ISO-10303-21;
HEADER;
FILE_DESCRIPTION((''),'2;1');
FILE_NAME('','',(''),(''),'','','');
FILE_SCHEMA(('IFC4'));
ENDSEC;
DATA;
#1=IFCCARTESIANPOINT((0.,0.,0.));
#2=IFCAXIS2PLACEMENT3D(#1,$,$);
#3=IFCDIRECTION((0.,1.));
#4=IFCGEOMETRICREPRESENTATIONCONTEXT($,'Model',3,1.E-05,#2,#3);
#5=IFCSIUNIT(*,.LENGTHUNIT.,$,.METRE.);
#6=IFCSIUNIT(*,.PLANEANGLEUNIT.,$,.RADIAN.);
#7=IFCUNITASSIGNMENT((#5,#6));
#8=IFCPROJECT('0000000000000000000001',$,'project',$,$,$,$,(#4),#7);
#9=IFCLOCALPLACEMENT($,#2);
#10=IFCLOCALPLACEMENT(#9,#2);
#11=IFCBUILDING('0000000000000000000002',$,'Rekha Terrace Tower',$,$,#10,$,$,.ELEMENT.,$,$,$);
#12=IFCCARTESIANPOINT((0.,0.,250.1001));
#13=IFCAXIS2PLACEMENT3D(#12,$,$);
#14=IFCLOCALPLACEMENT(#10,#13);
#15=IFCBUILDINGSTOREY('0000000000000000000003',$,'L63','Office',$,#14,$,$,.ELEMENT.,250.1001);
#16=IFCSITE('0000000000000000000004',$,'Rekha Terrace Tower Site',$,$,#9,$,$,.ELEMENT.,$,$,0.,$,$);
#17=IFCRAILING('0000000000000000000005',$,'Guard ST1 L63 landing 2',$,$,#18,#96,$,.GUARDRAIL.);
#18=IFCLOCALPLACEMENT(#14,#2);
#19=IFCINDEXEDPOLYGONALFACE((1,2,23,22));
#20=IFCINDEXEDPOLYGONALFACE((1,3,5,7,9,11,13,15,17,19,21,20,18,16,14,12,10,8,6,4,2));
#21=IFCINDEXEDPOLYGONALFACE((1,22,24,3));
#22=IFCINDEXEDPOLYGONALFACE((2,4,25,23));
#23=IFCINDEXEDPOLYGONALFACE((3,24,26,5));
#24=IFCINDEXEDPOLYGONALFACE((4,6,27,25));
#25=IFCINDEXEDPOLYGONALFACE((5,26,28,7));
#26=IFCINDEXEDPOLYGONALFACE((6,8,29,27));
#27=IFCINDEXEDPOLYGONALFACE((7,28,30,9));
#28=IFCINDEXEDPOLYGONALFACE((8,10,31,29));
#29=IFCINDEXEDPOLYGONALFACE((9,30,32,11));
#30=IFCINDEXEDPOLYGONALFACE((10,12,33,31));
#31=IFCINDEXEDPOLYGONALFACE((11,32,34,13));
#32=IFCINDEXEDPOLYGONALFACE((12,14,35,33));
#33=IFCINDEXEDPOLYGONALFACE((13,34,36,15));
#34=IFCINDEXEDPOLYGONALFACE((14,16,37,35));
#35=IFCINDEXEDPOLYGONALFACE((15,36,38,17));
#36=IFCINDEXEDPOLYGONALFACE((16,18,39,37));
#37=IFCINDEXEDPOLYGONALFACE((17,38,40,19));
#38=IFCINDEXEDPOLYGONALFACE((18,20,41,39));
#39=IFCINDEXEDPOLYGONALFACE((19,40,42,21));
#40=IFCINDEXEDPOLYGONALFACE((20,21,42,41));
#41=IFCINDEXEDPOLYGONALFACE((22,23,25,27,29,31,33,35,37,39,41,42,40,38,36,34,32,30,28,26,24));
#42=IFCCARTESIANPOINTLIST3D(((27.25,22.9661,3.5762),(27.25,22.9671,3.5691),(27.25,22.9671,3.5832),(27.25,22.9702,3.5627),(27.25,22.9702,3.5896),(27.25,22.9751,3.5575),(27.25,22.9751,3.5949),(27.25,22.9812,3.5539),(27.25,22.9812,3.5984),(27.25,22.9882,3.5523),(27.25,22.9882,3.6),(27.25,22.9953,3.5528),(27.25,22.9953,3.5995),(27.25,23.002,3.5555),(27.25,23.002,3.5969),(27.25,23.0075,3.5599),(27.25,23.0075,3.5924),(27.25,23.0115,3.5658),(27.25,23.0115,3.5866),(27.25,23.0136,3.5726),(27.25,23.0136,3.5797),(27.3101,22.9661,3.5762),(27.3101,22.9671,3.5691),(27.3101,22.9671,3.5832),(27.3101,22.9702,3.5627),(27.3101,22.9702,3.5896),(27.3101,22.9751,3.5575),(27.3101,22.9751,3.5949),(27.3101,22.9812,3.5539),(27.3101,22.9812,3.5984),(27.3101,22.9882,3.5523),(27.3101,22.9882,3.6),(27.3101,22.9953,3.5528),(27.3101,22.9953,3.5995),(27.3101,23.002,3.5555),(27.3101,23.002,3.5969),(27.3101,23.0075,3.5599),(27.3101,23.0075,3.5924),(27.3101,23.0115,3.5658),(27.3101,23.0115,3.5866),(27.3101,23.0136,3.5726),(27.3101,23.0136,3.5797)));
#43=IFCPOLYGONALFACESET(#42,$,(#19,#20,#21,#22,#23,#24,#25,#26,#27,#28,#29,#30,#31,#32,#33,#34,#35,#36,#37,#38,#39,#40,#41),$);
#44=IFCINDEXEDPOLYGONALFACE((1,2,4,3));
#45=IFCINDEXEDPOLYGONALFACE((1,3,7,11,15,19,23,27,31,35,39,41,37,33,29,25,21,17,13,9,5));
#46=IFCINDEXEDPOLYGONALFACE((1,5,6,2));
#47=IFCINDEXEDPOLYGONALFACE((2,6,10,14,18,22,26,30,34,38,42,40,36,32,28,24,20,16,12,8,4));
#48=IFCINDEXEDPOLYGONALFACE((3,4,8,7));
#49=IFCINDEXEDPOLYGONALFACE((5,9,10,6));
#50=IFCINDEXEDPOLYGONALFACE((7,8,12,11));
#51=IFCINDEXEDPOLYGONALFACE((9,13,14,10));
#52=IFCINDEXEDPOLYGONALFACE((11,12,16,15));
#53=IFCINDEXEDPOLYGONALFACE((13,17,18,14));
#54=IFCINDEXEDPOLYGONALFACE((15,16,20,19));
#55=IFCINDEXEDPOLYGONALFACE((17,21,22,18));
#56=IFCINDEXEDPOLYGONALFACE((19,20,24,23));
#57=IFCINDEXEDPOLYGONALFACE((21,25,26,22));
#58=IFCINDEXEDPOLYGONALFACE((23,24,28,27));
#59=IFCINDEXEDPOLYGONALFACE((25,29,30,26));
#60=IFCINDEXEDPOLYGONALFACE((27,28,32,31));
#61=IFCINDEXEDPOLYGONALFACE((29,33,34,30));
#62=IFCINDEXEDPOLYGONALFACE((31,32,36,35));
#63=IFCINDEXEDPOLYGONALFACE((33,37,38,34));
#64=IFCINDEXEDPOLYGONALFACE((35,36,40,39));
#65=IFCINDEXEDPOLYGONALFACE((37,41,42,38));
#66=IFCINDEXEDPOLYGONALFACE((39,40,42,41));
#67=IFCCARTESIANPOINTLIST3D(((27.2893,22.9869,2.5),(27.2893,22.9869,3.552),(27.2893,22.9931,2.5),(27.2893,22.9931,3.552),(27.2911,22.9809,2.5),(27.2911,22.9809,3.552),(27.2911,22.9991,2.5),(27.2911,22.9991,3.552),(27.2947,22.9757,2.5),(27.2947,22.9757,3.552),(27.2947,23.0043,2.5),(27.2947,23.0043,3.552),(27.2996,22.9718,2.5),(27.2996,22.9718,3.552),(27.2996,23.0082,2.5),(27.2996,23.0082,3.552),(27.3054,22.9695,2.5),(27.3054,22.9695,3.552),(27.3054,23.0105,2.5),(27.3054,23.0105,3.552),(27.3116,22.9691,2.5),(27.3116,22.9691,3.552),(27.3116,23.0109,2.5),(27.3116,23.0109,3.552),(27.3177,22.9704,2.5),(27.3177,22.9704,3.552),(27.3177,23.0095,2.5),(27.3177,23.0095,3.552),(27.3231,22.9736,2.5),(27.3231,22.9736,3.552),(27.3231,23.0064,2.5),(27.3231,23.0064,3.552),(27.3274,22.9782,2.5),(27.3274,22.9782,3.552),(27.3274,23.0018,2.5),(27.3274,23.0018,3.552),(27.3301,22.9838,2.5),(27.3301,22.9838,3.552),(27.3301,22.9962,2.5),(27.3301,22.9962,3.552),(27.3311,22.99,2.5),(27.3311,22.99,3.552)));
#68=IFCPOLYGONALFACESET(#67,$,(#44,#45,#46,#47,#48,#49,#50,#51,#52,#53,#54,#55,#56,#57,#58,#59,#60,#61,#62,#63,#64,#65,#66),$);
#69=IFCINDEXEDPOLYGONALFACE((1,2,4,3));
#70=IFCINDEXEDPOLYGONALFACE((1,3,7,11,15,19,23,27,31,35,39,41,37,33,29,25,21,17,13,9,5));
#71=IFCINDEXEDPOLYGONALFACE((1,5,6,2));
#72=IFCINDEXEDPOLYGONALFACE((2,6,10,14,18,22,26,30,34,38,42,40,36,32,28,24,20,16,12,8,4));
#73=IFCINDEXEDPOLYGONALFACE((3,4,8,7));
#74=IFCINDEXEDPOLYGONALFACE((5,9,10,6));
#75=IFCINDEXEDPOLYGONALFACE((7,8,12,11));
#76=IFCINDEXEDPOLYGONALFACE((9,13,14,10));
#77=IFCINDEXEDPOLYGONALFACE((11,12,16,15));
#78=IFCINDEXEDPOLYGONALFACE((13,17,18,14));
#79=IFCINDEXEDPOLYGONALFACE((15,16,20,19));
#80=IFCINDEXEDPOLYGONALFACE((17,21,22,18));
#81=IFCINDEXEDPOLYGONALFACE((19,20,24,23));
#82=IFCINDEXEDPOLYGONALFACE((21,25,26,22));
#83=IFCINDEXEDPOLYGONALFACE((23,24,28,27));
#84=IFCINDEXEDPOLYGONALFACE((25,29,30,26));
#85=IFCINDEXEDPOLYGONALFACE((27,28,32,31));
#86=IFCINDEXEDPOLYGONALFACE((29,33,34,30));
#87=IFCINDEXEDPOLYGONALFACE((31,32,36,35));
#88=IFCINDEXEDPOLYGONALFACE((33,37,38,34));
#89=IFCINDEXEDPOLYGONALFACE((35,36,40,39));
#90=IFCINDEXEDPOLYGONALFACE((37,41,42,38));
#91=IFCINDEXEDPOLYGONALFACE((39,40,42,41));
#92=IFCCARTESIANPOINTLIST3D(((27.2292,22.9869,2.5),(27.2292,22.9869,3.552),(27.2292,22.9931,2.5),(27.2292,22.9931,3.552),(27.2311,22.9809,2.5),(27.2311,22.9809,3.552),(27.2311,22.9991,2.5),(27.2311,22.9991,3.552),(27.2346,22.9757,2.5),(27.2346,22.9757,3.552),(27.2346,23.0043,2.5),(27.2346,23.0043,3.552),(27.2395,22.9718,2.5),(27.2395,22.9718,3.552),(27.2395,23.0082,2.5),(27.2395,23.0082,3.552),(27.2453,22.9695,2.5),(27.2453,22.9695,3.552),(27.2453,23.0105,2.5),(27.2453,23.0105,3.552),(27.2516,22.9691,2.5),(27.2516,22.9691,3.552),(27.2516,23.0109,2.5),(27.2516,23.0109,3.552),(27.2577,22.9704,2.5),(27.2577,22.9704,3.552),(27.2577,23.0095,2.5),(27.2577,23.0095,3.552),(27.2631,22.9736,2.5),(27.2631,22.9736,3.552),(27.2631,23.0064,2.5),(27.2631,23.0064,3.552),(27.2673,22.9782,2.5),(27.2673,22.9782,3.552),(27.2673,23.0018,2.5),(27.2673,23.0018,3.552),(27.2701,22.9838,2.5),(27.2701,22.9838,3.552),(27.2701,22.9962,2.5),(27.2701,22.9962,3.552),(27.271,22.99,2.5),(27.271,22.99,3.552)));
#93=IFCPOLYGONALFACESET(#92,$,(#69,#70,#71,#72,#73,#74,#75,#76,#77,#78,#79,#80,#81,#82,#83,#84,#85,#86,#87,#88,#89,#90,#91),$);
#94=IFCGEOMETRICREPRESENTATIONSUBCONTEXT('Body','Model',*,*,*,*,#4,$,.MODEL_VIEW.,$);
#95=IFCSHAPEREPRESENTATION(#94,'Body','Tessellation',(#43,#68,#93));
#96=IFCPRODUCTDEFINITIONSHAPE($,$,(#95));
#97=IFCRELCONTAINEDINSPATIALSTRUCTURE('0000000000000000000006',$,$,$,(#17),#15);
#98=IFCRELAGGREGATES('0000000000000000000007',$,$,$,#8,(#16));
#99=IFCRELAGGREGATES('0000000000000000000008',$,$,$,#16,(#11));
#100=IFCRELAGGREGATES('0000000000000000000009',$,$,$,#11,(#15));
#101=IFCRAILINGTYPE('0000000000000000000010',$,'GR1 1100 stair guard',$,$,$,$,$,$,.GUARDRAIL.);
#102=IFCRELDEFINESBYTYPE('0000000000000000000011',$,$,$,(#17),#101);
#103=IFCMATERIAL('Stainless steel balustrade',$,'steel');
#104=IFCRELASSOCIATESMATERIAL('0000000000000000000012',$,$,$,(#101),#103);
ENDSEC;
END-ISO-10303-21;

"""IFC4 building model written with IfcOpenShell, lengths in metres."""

from ifc_helpers import new_model, si_unit, direction, frame, origin, origin_2d, place, context, subcontext, project, spatial, circle, extrude, material, type_object, element, save


model = new_model("IFC4")

# Units and contexts
model_context = context("Model", 3, precision=1e-05, world=origin(), true_north=direction((0.0, 1.0)))
body_context = subcontext(model_context, "Body", "Model", "MODEL_VIEW")
ifc_project = project(units=[si_unit("LENGTHUNIT", "METRE"), si_unit("PLANEANGLEUNIT", "RADIAN")], contexts=[model_context])

# Site, building, storey
site_placement = place(None, origin())
site = spatial("IfcSite", under=ifc_project, at=site_placement, Name="Rekha Terrace Tower Site", CompositionType="ELEMENT", RefElevation=0.0)
building_placement = place(site_placement, origin())
building = spatial("IfcBuilding", under=site, at=building_placement, Name="Rekha Terrace Tower", CompositionType="ELEMENT")
storey_placement = place(building_placement, frame((0.0, 0.0, 250.1001)))
storey = spatial("IfcBuildingStorey", under=building, at=storey_placement, Name="L63", Description="Office", CompositionType="ELEMENT", Elevation=250.1001)

# Railing
ifc_material_1 = material(Name="Stainless steel balustrade", Category="steel")
railing_type_1 = type_object("IfcRailingType", Name="GR1 1100 stair guard", PredefinedType="GUARDRAIL", material=ifc_material_1)
railing_1_placement = place(storey_placement, frame((27.3101, 22.99, 2.5)))
element("IfcRailing", 1, at=railing_1_placement, inside=storey, type_object=railing_type_1, Name="Guard ST1 L63 landing 2", PredefinedType="GUARDRAIL", context=body_context, shape_type="SweptSolid", body=[
    extrude(circle(Radius=0.0239, at=origin_2d()), frame((0.0, 0.0, 1.0762), z_axis=(-1.0, 0.0, 0.0), x_axis=(0.0, -1.0, 0.0)), (0.0, 0.0, 1.0), 0.0601),
    extrude(circle(Radius=0.021, at=origin_2d()), origin(), (0.0, 0.0, 1.0), 1.052),
    extrude(circle(Radius=0.021, at=origin_2d()), frame((-0.0601, 0.0, 0.0)), (0.0, 0.0, 1.0), 1.052),
])

save(model, "model.ifc")
